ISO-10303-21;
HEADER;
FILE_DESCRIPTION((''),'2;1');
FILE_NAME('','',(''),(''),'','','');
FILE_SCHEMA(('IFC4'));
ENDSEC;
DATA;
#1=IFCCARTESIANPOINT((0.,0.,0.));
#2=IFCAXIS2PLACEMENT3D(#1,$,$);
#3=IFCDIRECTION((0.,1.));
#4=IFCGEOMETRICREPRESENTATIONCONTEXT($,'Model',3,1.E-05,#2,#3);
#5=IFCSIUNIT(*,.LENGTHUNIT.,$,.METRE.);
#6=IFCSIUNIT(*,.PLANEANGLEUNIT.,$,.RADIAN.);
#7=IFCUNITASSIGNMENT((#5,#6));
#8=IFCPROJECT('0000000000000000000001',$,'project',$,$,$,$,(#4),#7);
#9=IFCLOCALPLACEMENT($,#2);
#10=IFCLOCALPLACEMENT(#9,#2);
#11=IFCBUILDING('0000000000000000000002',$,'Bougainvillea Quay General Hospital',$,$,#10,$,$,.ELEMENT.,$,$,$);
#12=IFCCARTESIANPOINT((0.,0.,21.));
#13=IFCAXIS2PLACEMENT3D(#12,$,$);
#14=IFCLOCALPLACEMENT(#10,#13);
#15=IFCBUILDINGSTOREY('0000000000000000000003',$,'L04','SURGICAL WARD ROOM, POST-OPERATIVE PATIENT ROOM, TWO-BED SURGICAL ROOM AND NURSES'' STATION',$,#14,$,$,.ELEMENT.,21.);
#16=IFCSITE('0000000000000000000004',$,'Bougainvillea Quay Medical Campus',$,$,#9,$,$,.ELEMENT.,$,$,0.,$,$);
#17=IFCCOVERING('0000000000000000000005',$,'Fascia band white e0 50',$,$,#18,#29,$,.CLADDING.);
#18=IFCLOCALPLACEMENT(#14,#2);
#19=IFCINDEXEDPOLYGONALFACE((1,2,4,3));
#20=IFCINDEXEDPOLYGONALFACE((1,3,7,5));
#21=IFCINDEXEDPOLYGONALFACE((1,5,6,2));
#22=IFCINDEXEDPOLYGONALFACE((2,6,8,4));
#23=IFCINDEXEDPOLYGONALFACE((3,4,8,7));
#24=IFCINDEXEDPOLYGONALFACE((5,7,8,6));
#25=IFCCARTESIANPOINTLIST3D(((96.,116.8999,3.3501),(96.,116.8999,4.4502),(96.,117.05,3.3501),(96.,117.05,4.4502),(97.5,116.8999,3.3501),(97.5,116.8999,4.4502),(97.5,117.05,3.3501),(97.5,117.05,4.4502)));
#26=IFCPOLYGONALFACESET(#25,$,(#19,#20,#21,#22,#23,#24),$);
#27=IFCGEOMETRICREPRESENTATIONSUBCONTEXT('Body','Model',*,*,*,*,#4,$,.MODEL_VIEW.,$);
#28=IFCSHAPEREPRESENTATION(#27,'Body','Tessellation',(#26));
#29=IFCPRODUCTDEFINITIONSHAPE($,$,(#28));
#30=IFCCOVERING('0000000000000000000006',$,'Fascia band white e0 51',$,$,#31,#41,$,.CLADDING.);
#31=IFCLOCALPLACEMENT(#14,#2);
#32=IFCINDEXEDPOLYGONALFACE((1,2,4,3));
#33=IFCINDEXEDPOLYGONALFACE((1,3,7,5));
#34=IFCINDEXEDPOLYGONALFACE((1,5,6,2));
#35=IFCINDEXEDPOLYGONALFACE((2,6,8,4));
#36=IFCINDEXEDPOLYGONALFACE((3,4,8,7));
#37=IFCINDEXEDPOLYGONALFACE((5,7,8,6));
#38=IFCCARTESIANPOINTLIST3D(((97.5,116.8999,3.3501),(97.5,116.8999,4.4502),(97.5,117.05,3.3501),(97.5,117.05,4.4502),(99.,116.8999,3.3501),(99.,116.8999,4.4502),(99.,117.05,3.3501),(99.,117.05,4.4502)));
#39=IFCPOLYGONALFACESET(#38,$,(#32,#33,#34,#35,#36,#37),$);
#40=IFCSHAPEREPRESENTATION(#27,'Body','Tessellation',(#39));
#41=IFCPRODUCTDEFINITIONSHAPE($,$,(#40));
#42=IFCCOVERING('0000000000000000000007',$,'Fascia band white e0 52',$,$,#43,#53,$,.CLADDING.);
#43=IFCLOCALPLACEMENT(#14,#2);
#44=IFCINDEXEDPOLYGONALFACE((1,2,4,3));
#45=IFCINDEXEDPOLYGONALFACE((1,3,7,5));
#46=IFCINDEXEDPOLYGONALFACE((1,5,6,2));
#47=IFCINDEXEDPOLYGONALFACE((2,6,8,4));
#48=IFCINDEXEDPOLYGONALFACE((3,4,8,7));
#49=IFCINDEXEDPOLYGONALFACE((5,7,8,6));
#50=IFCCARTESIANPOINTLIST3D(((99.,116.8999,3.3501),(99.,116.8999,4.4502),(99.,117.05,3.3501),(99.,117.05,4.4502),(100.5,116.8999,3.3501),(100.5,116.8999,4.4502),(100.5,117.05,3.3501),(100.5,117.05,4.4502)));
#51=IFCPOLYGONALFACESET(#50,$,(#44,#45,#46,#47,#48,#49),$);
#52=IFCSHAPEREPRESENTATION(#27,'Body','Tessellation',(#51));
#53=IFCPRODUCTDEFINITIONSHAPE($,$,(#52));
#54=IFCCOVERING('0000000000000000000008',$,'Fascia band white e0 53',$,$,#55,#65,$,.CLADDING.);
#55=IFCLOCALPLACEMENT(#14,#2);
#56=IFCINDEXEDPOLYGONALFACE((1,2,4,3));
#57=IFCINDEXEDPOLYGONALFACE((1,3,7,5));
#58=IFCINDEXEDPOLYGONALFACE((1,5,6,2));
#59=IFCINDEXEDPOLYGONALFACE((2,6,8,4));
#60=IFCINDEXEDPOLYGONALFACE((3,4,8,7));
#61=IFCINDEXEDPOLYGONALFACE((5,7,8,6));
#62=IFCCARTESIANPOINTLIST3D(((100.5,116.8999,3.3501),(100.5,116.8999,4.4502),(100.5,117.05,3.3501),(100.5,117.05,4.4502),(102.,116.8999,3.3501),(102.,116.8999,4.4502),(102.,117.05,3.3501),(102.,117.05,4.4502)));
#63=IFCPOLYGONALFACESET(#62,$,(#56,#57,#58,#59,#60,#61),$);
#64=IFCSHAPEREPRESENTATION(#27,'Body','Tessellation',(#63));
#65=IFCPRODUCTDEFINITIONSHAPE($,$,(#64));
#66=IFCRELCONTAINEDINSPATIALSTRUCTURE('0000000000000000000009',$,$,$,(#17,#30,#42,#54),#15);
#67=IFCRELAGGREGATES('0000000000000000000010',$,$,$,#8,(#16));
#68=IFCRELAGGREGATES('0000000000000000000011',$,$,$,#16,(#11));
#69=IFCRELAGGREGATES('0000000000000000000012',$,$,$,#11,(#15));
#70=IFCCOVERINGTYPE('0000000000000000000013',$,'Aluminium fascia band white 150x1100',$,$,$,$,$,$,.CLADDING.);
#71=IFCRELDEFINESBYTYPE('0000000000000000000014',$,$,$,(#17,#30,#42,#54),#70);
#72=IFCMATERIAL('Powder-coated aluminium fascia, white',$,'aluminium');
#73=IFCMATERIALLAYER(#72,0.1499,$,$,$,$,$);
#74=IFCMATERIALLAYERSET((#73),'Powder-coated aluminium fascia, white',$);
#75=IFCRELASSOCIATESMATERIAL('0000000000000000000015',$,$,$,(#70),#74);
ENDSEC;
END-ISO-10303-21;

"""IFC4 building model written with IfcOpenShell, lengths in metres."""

from ifc_helpers import new_model, si_unit, direction, frame, origin, place, context, subcontext, project, spatial, polyline, outline, extrude, material, layer, layer_set, type_object, element, save


model = new_model("IFC4")

# Units and contexts
model_context = context("Model", 3, precision=1e-05, world=origin(), true_north=direction((0.0, 1.0)))
body_context = subcontext(model_context, "Body", "Model", "MODEL_VIEW")
ifc_project = project(units=[si_unit("LENGTHUNIT", "METRE"), si_unit("PLANEANGLEUNIT", "RADIAN")], contexts=[model_context])

# Site, building, storey
site_placement = place(None, origin())
site = spatial("IfcSite", under=ifc_project, at=site_placement, Name="Bougainvillea Quay Medical Campus", CompositionType="ELEMENT", RefElevation=0.0)
building_placement = place(site_placement, origin())
building = spatial("IfcBuilding", under=site, at=building_placement, Name="Bougainvillea Quay General Hospital", CompositionType="ELEMENT")
storey_placement = place(building_placement, frame((0.0, 0.0, 21.0)))
storey = spatial("IfcBuildingStorey", under=building, at=storey_placement, Name="L04", Description="SURGICAL WARD ROOM, POST-OPERATIVE PATIENT ROOM, TWO-BED SURGICAL ROOM AND NURSES' STATION", CompositionType="ELEMENT", Elevation=21.0)

# Coverings
ifc_material_1 = material(Name="Powder-coated aluminium fascia, white", Category="aluminium")
ifc_layer = layer(ifc_material_1, 0.1499)
ifc_layer_set = layer_set([ifc_layer], Name="Powder-coated aluminium fascia, white")
covering_type = type_object("IfcCoveringType", Name="Aluminium fascia band white 150x1100", PredefinedType="CLADDING", material=ifc_layer_set)
for number, where, z_axis, x_axis, name in (
    (1, (96.0, 117.05, 3.3501), (0.0, 0.0, 1.0), (1.0, 0.0, 0.0), "Fascia band white e0 50"),
    (2, (97.5, 117.05, 3.3501), (0.0, 0.0, 1.0), (1.0, 0.0, 0.0), "Fascia band white e0 51"),
    (3, (99.0, 117.05, 3.3501), (0.0, 0.0, 1.0), (1.0, 0.0, 0.0), "Fascia band white e0 52"),
    (4, (100.5, 117.05, 3.3501), (0.0, 0.0, 1.0), (1.0, 0.0, 0.0), "Fascia band white e0 53"),
):
    element("IfcCovering", number, at=place(storey_placement, frame(where, z_axis=z_axis, x_axis=x_axis)), inside=storey, type_object=covering_type, Name=name, PredefinedType="CLADDING", context=body_context, shape_type="SweptSolid", body=[
        extrude(outline(polyline([(0.0, 0.0), (1.5, 0.0), (1.5, -0.1501), (0.0, -0.1501), (0.0, 0.0)])), origin(), (0.0, 0.0, 1.0), 1.1001),
    ])

save(model, "model.ifc")
